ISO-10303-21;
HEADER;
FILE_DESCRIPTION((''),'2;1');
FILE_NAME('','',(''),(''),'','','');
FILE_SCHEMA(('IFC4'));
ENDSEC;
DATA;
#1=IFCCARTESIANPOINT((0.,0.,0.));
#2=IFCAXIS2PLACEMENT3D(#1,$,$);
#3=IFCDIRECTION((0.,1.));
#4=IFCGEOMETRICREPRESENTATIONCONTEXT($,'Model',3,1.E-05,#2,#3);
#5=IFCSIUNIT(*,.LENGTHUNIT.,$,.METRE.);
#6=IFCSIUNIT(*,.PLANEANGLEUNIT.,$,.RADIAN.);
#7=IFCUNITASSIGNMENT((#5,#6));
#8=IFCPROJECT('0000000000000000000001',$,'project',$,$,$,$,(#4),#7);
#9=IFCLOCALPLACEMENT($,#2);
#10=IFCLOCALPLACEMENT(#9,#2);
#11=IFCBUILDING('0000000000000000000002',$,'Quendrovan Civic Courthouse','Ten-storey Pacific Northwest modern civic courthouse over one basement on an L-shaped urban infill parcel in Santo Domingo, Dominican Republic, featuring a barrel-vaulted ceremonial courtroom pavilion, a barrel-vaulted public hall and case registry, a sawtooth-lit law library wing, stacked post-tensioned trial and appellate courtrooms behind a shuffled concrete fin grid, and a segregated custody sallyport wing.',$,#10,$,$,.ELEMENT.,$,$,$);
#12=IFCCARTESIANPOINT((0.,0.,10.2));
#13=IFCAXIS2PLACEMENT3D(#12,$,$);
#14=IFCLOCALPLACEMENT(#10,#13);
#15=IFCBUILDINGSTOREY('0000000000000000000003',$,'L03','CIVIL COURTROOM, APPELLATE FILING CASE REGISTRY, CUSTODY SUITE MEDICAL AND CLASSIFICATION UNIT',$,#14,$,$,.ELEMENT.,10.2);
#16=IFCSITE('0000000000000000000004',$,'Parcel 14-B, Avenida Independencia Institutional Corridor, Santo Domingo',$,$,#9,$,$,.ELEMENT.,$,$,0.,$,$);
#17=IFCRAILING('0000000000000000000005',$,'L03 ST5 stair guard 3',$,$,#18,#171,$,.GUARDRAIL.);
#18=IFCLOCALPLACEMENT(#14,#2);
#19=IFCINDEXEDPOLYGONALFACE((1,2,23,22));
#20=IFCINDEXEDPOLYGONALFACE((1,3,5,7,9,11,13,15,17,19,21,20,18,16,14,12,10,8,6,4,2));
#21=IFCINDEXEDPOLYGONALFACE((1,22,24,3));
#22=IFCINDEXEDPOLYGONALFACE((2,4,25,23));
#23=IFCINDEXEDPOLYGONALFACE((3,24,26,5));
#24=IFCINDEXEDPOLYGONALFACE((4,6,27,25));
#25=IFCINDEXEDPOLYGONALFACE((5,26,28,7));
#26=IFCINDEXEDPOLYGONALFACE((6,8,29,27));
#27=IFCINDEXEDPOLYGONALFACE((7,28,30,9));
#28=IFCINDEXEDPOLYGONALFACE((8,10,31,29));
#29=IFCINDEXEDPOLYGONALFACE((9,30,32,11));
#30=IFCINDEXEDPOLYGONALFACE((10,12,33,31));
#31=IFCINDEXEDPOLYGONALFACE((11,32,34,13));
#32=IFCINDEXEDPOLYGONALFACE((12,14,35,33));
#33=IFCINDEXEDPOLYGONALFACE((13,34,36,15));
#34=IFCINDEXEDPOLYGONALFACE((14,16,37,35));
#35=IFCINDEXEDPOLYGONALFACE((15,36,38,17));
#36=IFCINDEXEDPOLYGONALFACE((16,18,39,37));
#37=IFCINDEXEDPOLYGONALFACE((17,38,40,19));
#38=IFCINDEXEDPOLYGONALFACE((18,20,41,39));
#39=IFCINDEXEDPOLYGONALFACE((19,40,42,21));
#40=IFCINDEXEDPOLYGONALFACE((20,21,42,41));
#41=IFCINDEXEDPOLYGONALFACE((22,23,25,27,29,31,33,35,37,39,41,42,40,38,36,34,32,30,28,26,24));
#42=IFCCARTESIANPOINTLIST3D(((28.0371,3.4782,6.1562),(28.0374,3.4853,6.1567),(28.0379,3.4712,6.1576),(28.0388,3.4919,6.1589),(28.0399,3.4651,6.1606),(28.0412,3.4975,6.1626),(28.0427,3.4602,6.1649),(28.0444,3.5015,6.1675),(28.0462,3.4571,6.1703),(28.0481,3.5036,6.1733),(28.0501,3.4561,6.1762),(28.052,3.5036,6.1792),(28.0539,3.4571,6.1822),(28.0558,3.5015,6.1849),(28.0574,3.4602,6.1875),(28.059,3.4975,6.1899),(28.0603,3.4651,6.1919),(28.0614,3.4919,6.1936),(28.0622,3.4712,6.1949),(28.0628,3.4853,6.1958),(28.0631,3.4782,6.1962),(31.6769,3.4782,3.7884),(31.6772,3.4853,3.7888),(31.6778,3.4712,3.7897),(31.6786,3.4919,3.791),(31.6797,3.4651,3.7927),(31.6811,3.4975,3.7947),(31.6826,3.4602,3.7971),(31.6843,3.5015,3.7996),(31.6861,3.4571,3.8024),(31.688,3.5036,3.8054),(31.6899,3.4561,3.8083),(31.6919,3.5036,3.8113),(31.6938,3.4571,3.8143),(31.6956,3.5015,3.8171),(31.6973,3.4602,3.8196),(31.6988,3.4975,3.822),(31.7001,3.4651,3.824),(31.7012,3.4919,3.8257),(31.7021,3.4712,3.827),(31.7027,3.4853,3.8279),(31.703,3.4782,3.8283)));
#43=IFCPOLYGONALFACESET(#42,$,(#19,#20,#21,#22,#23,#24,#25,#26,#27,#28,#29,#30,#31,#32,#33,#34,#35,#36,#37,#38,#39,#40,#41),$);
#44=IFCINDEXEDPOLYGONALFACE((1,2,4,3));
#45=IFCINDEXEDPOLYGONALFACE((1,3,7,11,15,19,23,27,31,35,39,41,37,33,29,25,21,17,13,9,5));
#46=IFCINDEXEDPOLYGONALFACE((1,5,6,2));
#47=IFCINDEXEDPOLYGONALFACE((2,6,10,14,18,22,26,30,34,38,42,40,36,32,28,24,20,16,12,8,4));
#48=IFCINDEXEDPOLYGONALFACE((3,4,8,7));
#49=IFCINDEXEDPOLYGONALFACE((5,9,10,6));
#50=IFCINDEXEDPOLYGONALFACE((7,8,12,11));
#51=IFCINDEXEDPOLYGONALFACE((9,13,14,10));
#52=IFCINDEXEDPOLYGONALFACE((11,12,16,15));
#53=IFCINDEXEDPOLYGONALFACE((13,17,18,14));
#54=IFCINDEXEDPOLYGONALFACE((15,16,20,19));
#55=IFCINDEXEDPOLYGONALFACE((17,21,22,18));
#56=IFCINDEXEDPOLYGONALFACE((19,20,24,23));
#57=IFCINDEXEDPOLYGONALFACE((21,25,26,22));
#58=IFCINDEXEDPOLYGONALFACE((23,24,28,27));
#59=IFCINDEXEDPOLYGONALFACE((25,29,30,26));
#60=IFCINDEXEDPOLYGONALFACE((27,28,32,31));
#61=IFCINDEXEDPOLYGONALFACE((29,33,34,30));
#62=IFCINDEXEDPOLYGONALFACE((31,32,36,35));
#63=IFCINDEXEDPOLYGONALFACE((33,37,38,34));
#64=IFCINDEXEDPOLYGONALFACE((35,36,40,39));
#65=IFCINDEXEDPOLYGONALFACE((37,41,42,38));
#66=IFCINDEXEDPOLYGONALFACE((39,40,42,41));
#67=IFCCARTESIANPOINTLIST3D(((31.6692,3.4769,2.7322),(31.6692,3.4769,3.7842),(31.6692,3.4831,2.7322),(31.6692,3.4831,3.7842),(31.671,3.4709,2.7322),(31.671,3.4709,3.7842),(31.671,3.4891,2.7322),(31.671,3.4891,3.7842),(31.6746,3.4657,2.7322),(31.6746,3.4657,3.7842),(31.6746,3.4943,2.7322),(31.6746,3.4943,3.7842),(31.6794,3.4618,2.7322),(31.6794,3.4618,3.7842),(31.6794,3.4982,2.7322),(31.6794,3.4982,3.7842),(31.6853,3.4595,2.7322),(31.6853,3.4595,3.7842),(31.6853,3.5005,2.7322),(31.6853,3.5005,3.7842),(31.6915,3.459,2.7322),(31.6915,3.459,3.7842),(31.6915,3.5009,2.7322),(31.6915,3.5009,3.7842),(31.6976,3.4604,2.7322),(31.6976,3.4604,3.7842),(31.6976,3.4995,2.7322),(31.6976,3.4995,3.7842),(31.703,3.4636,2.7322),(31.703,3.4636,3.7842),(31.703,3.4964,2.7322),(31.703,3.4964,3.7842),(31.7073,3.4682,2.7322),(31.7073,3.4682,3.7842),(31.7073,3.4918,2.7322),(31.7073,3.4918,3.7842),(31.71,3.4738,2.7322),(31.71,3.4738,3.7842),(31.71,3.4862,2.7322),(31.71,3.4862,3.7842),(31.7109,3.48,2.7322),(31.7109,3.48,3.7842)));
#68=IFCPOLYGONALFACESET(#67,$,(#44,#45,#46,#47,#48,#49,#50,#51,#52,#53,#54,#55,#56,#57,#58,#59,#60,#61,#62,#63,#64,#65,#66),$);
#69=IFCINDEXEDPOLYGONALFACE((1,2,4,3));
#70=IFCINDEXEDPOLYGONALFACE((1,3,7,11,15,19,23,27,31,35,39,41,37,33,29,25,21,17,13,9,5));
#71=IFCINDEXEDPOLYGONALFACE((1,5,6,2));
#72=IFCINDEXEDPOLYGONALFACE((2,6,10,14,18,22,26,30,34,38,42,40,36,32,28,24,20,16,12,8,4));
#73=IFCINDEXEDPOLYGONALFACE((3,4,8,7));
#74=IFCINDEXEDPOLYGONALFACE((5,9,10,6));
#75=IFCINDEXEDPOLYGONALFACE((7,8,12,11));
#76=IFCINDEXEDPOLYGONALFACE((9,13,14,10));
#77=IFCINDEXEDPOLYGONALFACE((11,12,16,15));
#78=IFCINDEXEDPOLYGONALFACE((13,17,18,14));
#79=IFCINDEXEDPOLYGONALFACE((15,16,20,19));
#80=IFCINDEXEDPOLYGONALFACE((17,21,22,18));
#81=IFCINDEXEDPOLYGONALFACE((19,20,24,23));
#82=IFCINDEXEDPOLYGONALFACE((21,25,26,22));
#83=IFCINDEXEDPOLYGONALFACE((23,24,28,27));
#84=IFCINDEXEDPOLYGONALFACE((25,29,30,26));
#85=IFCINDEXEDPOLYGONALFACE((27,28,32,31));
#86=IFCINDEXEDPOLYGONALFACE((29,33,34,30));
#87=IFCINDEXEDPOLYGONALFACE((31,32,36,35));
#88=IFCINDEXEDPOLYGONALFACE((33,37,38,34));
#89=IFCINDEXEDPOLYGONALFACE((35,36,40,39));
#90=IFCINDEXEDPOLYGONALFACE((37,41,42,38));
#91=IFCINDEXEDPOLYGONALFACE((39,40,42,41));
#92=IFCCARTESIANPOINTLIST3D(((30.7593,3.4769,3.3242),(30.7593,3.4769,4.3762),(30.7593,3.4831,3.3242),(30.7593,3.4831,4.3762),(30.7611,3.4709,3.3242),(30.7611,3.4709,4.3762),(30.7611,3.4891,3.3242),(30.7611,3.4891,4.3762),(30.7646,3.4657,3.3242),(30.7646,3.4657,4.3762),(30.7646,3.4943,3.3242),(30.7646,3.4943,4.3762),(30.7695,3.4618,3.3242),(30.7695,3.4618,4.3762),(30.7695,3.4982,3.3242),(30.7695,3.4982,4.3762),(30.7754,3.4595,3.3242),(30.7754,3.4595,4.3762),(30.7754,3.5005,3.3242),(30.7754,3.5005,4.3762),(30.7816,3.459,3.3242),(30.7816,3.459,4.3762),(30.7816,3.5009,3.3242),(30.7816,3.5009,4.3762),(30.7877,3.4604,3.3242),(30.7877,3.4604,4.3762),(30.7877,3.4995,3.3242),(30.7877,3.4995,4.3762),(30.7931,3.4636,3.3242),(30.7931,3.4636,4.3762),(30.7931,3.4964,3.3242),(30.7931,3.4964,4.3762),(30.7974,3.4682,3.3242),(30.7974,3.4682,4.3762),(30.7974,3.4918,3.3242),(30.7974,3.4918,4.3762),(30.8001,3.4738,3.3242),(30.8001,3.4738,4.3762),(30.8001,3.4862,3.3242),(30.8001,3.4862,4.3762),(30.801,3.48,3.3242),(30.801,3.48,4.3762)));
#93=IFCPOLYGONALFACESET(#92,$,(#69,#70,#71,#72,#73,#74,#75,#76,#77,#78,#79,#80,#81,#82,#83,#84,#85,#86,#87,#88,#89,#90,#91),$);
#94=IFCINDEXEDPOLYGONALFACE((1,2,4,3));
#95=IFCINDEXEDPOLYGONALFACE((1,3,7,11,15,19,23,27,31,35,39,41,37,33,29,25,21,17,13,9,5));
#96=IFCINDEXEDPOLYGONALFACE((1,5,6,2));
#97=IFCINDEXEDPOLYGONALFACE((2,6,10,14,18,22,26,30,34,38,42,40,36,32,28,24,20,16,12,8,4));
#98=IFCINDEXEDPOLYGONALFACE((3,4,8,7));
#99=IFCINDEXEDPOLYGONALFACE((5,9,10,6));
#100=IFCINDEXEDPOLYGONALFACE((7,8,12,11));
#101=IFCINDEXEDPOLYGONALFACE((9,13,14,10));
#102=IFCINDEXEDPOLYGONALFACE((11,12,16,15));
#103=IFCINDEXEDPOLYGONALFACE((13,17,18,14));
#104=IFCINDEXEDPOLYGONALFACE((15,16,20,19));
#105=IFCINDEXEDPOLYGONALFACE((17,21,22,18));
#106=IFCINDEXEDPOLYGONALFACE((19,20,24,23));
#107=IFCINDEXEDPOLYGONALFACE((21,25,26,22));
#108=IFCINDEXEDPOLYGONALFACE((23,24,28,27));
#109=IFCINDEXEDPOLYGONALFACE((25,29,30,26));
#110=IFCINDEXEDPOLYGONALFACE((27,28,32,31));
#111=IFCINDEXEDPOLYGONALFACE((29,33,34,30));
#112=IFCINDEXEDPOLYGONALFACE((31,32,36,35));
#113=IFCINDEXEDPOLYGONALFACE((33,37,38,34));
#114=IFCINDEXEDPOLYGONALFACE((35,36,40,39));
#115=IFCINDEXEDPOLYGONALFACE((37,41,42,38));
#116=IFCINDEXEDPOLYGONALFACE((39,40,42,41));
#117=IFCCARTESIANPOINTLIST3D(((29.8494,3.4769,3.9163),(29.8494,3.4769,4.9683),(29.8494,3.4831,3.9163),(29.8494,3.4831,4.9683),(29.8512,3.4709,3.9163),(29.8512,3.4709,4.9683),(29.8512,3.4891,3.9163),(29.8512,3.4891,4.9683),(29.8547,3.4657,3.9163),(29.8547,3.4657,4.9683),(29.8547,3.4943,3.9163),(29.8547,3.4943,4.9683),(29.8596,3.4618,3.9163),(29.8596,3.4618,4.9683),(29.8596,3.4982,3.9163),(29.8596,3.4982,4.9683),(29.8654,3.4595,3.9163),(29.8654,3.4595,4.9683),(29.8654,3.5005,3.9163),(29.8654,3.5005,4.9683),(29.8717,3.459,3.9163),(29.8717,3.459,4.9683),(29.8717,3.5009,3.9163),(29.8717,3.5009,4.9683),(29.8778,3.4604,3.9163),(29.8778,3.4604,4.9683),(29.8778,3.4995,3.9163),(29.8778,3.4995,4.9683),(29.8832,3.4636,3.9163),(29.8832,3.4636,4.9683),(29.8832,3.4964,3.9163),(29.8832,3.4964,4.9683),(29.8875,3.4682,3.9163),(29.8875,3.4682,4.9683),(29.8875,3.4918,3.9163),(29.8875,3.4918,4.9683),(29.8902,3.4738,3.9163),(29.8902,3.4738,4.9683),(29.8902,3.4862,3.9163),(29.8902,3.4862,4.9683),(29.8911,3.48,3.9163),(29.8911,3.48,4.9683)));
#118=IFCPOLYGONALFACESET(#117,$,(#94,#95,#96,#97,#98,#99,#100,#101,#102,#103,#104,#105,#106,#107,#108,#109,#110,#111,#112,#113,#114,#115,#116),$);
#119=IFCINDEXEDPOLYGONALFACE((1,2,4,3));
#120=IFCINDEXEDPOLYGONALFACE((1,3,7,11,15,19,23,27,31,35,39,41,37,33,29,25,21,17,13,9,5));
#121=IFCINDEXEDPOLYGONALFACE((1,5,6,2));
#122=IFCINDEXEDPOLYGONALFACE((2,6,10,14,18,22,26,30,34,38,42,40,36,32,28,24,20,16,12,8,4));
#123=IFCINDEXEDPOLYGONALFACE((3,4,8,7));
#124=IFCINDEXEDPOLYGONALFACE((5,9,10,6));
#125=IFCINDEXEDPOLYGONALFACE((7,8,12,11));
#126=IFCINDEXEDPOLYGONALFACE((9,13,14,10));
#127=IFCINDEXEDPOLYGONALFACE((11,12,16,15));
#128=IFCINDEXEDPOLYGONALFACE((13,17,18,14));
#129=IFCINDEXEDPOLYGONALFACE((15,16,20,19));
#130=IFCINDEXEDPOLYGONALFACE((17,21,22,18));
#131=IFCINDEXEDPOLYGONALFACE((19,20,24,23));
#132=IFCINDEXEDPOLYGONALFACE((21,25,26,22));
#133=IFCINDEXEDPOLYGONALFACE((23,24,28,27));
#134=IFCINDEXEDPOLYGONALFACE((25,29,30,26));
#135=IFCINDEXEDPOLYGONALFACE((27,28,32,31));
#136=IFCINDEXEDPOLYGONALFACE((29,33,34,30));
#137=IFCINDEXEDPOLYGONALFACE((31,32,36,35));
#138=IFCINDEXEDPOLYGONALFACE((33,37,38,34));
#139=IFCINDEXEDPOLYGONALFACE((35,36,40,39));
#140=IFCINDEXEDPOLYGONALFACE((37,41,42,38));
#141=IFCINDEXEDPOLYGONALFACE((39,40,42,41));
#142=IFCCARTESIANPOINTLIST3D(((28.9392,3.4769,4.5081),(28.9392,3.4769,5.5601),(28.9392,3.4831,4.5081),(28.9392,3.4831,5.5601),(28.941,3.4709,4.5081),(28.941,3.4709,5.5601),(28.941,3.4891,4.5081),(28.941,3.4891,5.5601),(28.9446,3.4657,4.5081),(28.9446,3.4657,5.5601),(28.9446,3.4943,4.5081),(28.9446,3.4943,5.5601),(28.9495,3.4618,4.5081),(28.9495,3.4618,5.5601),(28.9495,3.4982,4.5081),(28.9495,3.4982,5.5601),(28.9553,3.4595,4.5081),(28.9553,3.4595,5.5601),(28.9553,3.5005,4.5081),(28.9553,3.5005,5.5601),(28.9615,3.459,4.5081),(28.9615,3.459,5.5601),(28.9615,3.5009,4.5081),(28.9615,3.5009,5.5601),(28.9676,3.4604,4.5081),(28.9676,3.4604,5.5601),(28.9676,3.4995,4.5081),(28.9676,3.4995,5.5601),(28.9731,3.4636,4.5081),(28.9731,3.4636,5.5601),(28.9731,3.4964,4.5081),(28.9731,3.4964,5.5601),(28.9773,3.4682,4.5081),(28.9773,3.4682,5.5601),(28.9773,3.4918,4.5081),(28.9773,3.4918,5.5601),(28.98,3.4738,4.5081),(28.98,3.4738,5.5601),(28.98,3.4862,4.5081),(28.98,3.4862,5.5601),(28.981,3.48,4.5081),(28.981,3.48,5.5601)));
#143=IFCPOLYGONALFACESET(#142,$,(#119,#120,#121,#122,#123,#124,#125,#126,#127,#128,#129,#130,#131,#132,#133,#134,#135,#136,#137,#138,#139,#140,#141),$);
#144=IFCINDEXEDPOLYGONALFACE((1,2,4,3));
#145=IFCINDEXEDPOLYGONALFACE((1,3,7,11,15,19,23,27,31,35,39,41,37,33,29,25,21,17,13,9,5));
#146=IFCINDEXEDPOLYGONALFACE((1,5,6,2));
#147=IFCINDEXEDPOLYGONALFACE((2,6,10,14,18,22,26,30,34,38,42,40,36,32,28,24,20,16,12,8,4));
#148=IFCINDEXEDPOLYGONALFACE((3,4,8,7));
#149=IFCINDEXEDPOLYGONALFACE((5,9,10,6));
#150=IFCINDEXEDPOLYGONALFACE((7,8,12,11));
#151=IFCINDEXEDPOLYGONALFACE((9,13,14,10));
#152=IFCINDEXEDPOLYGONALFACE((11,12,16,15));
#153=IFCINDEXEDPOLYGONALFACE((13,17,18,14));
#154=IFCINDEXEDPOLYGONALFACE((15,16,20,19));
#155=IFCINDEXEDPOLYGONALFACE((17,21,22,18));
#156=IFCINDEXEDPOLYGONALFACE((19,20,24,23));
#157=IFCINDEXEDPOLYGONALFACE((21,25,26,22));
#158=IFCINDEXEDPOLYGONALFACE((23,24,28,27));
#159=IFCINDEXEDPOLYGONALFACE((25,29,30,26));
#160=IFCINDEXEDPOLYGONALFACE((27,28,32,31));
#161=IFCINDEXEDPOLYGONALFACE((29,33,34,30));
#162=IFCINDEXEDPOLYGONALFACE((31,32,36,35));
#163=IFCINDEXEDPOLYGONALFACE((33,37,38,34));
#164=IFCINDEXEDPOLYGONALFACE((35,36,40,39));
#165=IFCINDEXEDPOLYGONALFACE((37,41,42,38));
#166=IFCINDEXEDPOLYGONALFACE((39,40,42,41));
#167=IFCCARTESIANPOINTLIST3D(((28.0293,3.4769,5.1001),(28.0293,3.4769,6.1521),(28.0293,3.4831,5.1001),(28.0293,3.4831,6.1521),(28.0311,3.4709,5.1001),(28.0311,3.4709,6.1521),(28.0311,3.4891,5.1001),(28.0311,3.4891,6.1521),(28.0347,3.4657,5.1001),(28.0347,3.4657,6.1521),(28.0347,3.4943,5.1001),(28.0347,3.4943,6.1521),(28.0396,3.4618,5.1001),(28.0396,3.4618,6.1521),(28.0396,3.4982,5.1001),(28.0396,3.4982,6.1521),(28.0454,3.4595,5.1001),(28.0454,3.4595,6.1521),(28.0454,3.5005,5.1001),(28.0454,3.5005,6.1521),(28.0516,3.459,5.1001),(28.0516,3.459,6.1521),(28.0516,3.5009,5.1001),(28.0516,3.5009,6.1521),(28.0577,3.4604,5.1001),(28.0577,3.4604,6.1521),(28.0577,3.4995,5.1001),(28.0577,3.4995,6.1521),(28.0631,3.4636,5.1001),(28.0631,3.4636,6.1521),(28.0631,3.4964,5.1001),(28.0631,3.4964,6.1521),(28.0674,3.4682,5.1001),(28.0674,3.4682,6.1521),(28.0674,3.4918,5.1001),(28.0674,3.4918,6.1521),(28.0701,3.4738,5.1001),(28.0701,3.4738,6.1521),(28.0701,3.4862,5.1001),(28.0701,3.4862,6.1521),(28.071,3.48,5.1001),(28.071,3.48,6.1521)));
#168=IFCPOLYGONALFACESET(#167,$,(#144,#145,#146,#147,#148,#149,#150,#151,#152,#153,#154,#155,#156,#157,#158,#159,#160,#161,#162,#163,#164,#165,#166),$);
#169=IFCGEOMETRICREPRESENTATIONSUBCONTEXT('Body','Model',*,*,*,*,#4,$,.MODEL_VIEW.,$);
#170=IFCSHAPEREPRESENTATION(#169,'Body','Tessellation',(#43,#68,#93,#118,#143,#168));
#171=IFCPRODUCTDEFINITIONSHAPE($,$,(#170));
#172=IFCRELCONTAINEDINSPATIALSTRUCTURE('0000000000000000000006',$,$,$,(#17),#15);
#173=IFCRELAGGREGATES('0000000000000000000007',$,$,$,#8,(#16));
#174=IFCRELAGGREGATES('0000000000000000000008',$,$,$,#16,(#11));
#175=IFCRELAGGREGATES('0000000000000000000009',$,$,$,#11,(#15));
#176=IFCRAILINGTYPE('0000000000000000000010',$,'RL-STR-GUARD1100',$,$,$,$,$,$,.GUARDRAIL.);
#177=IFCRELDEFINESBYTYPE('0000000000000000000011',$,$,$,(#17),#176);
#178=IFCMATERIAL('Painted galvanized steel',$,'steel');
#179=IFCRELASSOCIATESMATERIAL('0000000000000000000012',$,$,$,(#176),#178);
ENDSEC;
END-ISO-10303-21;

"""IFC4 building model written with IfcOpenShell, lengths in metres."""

from ifc_helpers import new_model, si_unit, direction, frame, origin, origin_2d, place, context, subcontext, project, spatial, circle, extrude, material, type_object, element, save


model = new_model("IFC4")

# Units and contexts
model_context = context("Model", 3, precision=1e-05, world=origin(), true_north=direction((0.0, 1.0)))
body_context = subcontext(model_context, "Body", "Model", "MODEL_VIEW")
ifc_project = project(units=[si_unit("LENGTHUNIT", "METRE"), si_unit("PLANEANGLEUNIT", "RADIAN")], contexts=[model_context])

# Site, building, storey
site_placement = place(None, origin())
site = spatial("IfcSite", under=ifc_project, at=site_placement, Name="Parcel 14-B, Avenida Independencia Institutional Corridor, Santo Domingo", CompositionType="ELEMENT", RefElevation=0.0)
building_placement = place(site_placement, origin())
building = spatial("IfcBuilding", under=site, at=building_placement, Name="Quendrovan Civic Courthouse", Description="Ten-storey Pacific Northwest modern civic courthouse over one basement on an L-shaped urban infill parcel in Santo Domingo, Dominican Republic, featuring a barrel-vaulted ceremonial courtroom pavilion, a barrel-vaulted public hall and case registry, a sawtooth-lit law library wing, stacked post-tensioned trial and appellate courtrooms behind a shuffled concrete fin grid, and a segregated custody sallyport wing.", CompositionType="ELEMENT")
storey_placement = place(building_placement, frame((0.0, 0.0, 10.2)))
storey = spatial("IfcBuildingStorey", under=building, at=storey_placement, Name="L03", Description="CIVIL COURTROOM, APPELLATE FILING CASE REGISTRY, CUSTODY SUITE MEDICAL AND CLASSIFICATION UNIT", CompositionType="ELEMENT", Elevation=10.2)

# Railing
ifc_material_1 = material(Name="Painted galvanized steel", Category="steel")
railing_type_1 = type_object("IfcRailingType", Name="RL-STR-GUARD1100", PredefinedType="GUARDRAIL", material=ifc_material_1)
railing_1_placement = place(storey_placement, frame((31.6899, 3.48, 2.7322)))
element("IfcRailing", 1, at=railing_1_placement, inside=storey, type_object=railing_type_1, Name="L03 ST5 stair guard 3", PredefinedType="GUARDRAIL", context=body_context, shape_type="SweptSolid", body=[
    extrude(circle(Radius=0.0239, at=origin_2d()), frame((0.0, 0.0, 1.0762), z_axis=(-0.838234, 0.0, 0.54531), x_axis=(0.0, -1.0, 0.0)), (0.0, 0.0, 1.0), 4.3423),
    extrude(circle(Radius=0.021, at=origin_2d()), origin(), (0.0, 0.0, 1.0), 1.052),
    extrude(circle(Radius=0.021, at=origin_2d()), frame((-0.9099, 0.0, 0.592)), (0.0, 0.0, 1.0), 1.052),
    extrude(circle(Radius=0.021, at=origin_2d()), frame((-1.8198, 0.0, 1.1841)), (0.0, 0.0, 1.0), 1.052),
    extrude(circle(Radius=0.021, at=origin_2d()), frame((-2.73, 0.0, 1.7759)), (0.0, 0.0, 1.0), 1.052),
    extrude(circle(Radius=0.021, at=origin_2d()), frame((-3.6399, 0.0, 2.3679)), (0.0, 0.0, 1.0), 1.052),
])

save(model, "model.ifc")
